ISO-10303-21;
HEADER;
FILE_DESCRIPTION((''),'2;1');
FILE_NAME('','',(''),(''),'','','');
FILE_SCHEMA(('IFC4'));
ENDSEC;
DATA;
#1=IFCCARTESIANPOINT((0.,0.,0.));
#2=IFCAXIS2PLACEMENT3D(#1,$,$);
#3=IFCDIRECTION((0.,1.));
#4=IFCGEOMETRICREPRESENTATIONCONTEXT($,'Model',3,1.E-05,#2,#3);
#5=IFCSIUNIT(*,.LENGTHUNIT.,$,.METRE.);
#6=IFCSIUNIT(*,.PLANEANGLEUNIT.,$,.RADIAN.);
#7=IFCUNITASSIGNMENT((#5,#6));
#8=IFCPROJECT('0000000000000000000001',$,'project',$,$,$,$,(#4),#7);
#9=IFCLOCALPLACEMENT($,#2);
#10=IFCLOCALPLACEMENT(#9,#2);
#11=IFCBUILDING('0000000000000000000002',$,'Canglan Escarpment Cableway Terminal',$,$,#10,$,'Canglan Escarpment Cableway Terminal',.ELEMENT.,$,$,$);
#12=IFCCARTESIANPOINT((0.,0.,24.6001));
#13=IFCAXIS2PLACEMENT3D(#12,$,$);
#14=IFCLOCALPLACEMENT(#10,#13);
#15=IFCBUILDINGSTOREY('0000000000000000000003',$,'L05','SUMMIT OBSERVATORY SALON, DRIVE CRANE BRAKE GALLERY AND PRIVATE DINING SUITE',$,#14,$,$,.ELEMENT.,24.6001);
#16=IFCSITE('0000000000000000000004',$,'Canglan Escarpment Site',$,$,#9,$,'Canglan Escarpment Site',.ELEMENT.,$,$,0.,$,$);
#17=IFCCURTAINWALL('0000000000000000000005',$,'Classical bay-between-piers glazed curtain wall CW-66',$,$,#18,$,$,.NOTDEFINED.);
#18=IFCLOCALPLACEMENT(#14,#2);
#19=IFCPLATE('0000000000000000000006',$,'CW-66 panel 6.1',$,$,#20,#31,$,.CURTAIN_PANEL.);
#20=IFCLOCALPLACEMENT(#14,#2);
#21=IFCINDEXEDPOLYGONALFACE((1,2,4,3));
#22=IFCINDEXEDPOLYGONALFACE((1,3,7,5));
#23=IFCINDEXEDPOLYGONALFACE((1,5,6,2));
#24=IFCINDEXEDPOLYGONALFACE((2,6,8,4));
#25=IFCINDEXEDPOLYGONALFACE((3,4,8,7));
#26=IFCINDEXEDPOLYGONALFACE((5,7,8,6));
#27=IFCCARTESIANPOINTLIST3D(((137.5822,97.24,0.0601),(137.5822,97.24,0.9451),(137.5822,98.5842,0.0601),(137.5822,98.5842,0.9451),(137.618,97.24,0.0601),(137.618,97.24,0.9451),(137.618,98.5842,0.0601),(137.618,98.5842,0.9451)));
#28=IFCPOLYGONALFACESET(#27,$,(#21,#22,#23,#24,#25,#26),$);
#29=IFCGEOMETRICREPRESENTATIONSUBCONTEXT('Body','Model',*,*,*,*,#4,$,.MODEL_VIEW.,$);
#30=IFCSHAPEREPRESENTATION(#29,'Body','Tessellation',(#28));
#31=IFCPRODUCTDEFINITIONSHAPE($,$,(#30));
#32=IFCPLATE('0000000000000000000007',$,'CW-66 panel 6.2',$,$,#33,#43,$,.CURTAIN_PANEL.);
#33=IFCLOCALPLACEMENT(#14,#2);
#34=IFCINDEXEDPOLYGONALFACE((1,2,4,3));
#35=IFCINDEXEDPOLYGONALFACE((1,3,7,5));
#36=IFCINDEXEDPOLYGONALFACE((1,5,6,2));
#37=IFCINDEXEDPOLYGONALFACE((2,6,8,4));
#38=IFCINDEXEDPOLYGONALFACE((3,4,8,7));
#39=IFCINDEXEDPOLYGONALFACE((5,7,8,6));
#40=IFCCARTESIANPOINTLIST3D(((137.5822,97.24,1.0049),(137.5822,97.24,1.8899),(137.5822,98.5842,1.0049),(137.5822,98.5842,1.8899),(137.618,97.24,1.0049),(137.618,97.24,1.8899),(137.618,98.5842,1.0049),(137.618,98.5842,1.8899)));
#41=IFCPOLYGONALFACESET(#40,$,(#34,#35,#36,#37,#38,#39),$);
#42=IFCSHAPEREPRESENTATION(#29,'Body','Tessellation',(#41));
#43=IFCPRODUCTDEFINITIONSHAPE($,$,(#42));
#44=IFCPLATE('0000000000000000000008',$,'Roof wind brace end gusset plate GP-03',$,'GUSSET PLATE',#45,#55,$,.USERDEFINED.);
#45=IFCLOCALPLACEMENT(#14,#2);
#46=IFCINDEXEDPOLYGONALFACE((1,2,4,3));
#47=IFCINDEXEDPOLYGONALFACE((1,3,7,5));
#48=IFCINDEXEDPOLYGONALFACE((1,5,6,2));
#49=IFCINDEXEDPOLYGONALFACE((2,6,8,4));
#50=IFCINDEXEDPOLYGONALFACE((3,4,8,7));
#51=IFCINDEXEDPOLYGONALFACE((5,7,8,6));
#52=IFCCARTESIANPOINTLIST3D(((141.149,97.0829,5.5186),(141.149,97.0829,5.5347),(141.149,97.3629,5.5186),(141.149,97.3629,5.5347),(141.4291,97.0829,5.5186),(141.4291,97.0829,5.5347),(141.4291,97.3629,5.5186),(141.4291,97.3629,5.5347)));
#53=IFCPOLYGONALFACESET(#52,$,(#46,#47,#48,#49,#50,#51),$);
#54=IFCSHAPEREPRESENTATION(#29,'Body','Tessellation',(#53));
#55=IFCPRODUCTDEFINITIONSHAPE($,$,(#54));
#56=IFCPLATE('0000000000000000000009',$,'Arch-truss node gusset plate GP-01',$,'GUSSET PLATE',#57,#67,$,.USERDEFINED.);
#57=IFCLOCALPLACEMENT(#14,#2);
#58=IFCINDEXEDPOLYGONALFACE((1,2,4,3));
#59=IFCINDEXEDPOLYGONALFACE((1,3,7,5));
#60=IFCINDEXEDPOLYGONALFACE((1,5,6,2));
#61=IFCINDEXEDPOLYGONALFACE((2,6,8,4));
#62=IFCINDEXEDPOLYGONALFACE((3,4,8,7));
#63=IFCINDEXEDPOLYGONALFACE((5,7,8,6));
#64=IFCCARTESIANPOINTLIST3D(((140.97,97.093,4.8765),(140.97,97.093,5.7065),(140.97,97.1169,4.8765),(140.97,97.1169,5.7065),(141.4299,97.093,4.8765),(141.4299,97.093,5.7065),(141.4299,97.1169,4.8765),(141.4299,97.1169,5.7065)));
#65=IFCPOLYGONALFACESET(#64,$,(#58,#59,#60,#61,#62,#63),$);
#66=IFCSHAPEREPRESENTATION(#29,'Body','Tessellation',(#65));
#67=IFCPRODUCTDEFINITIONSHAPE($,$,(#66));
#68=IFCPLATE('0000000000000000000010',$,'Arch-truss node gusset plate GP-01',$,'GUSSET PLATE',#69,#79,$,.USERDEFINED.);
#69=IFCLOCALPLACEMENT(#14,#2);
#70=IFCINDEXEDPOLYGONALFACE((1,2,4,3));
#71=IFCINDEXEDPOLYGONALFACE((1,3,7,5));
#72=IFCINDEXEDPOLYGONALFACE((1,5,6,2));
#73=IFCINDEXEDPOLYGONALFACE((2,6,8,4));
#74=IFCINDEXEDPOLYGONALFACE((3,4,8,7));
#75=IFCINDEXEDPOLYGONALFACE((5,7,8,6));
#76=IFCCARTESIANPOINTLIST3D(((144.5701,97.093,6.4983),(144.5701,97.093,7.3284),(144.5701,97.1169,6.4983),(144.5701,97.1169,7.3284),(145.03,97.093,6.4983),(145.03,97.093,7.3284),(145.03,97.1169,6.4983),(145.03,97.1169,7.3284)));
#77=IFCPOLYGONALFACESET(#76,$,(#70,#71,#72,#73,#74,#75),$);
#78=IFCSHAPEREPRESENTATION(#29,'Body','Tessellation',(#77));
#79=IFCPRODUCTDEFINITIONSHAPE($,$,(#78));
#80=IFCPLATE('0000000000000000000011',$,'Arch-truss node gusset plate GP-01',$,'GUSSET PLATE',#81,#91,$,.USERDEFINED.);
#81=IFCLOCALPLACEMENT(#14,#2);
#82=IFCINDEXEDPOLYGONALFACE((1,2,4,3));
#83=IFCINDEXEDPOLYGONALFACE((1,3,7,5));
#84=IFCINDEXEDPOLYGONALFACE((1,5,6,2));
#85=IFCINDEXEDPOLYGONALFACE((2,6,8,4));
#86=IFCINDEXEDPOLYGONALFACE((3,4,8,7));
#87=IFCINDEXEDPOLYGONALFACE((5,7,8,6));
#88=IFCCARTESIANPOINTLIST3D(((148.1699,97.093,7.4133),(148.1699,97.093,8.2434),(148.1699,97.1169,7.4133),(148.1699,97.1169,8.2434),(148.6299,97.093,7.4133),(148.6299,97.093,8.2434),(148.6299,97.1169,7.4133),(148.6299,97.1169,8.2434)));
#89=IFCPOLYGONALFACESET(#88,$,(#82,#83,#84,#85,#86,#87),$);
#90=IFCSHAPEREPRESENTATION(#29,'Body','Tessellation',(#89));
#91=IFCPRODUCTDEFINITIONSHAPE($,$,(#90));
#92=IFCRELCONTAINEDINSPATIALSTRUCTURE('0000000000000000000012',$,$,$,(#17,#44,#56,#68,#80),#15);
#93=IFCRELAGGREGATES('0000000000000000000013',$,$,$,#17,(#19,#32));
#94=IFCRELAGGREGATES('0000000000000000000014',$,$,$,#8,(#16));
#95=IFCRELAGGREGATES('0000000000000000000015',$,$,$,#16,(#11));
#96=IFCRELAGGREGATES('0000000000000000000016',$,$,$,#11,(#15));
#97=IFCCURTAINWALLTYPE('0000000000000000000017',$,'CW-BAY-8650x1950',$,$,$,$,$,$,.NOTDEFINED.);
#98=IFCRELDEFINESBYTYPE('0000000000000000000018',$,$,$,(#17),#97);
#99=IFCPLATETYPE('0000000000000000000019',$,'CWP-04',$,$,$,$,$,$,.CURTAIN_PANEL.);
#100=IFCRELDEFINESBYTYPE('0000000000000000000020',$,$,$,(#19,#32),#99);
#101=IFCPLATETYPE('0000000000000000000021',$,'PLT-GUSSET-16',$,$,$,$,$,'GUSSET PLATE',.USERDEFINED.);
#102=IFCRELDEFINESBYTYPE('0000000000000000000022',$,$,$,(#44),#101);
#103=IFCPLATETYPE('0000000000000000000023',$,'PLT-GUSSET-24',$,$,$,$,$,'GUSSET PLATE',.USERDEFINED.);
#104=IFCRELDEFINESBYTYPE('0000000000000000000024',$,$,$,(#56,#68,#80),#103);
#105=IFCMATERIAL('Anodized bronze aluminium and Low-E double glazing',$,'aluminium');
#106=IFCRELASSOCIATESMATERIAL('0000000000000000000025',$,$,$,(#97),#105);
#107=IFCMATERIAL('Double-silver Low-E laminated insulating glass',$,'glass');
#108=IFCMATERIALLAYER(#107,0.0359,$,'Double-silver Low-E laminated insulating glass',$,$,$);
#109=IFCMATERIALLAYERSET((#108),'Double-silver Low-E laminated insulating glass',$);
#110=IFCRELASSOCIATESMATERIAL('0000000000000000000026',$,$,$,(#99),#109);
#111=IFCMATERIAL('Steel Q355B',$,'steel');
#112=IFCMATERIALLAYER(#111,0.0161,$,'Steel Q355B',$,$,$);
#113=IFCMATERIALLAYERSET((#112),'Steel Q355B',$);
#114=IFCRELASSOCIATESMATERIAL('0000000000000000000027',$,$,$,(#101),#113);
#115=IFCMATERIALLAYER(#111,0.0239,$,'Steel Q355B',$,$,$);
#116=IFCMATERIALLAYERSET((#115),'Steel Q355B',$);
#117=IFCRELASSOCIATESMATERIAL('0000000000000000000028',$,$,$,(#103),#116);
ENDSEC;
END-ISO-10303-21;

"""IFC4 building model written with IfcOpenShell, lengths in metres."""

from ifc_helpers import new_model, si_unit, direction, frame, origin, origin_2d, place, context, subcontext, project, spatial, rectangle, extrude, material, layer, layer_set, type_object, element, aggregate, save


model = new_model("IFC4")

# Units and contexts
model_context = context("Model", 3, precision=1e-05, world=origin(), true_north=direction((0.0, 1.0)))
body_context = subcontext(model_context, "Body", "Model", "MODEL_VIEW")
ifc_project = project(units=[si_unit("LENGTHUNIT", "METRE"), si_unit("PLANEANGLEUNIT", "RADIAN")], contexts=[model_context])

# Site, building, storey
site_placement = place(None, origin())
site = spatial("IfcSite", under=ifc_project, at=site_placement, Name="Canglan Escarpment Site", LongName="Canglan Escarpment Site", CompositionType="ELEMENT", RefElevation=0.0)
building_placement = place(site_placement, origin())
building = spatial("IfcBuilding", under=site, at=building_placement, Name="Canglan Escarpment Cableway Terminal", LongName="Canglan Escarpment Cableway Terminal", CompositionType="ELEMENT")
storey_placement = place(building_placement, frame((0.0, 0.0, 24.6001)))
storey = spatial("IfcBuildingStorey", under=building, at=storey_placement, Name="L05", Description="SUMMIT OBSERVATORY SALON, DRIVE CRANE BRAKE GALLERY AND PRIVATE DINING SUITE", CompositionType="ELEMENT", Elevation=24.6001)

# Shared definitions
ifc_material_1 = material(Name="Steel Q355B", Category="steel")

# Curtain wall
ifc_material_2 = material(Name="Anodized bronze aluminium and Low-E double glazing", Category="aluminium")
curtain_wall_type = type_object("IfcCurtainWallType", Name="CW-BAY-8650x1950", PredefinedType="NOTDEFINED", material=ifc_material_2)
curtain_wall_placement = place(storey_placement, origin())
curtain_wall = element("IfcCurtainWall", 1, at=curtain_wall_placement, inside=storey, type_object=curtain_wall_type, Name="Classical bay-between-piers glazed curtain wall CW-66", PredefinedType="NOTDEFINED")

# Plates
ifc_material_3 = material(Name="Double-silver Low-E laminated insulating glass", Category="glass")
ifc_layer_1 = layer(ifc_material_3, 0.0359, Name="Double-silver Low-E laminated insulating glass")
ifc_layer_set_1 = layer_set([ifc_layer_1], Name="Double-silver Low-E laminated insulating glass")
plate_type_1 = type_object("IfcPlateType", Name="CWP-04", PredefinedType="CURTAIN_PANEL", material=ifc_layer_set_1)
plate_1_placement = place(storey_placement, frame((137.6001, 97.9121, 0.0601), z_axis=(0.0, 0.0, 1.0), x_axis=(0.0, -1.0, 0.0)))
plate_1 = element("IfcPlate", 2, at=plate_1_placement, type_object=plate_type_1, Name="CW-66 panel 6.1", PredefinedType="CURTAIN_PANEL", context=body_context, shape_type="SweptSolid", body=[
    extrude(rectangle(XDim=1.3442, YDim=0.0359, at=origin_2d()), origin(), (0.0, 0.0, 1.0), 0.885),
])
plate_2_placement = place(storey_placement, frame((137.6001, 97.9121, 1.0049), z_axis=(0.0, 0.0, 1.0), x_axis=(0.0, -1.0, 0.0)))
plate_2 = element("IfcPlate", 3, at=plate_2_placement, type_object=plate_type_1, Name="CW-66 panel 6.2", PredefinedType="CURTAIN_PANEL", context=body_context, shape_type="SweptSolid", body=[
    extrude(rectangle(XDim=1.3442, YDim=0.0359, at=origin_2d()), origin(), (0.0, 0.0, 1.0), 0.885),
])
aggregate(curtain_wall, [plate_1, plate_2])

# Plates
ifc_layer_2 = layer(ifc_material_1, 0.0161, Name="Steel Q355B")
ifc_layer_set_2 = layer_set([ifc_layer_2], Name="Steel Q355B")
plate_type_2 = type_object("IfcPlateType", Name="PLT-GUSSET-16", ElementType="GUSSET PLATE", PredefinedType="USERDEFINED", material=ifc_layer_set_2)
plate_3_placement = place(storey_placement, frame((141.2891, 97.2229, 5.5186), z_axis=(0.0, 0.0, 1.0), x_axis=(1.0, 0.0, 0.0)))
element("IfcPlate", 4, at=plate_3_placement, inside=storey, type_object=plate_type_2, Name="Roof wind brace end gusset plate GP-03", ObjectType="GUSSET PLATE", PredefinedType="USERDEFINED", context=body_context, shape_type="SweptSolid", body=[
    extrude(rectangle(XDim=0.28, YDim=0.28, at=origin_2d()), origin(), (0.0, 0.0, 1.0), 0.0161),
])
ifc_layer_3 = layer(ifc_material_1, 0.0239, Name="Steel Q355B")
ifc_layer_set_3 = layer_set([ifc_layer_3], Name="Steel Q355B")
plate_type_3 = type_object("IfcPlateType", Name="PLT-GUSSET-24", ElementType="GUSSET PLATE", PredefinedType="USERDEFINED", material=ifc_layer_set_3)
for number, where, z_axis, x_axis, name in (
    (5, (141.2, 97.105, 4.8765), (0.0, 0.0, 1.0), (1.0, 0.0, 0.0), "Arch-truss node gusset plate GP-01"),
    (6, (144.8, 97.105, 6.4983), (0.0, 0.0, 1.0), (1.0, 0.0, 0.0), "Arch-truss node gusset plate GP-01"),
    (7, (148.3999, 97.105, 7.4133), (0.0, 0.0, 1.0), (1.0, 0.0, 0.0), "Arch-truss node gusset plate GP-01"),
):
    element("IfcPlate", number, at=place(storey_placement, frame(where, z_axis=z_axis, x_axis=x_axis)), inside=storey, type_object=plate_type_3, Name=name, ObjectType="GUSSET PLATE", PredefinedType="USERDEFINED", context=body_context, shape_type="SweptSolid", body=[
        extrude(rectangle(XDim=0.46, YDim=0.0239, at=origin_2d()), origin(), (0.0, 0.0, 1.0), 0.8301),
    ])

save(model, "model.ifc")
